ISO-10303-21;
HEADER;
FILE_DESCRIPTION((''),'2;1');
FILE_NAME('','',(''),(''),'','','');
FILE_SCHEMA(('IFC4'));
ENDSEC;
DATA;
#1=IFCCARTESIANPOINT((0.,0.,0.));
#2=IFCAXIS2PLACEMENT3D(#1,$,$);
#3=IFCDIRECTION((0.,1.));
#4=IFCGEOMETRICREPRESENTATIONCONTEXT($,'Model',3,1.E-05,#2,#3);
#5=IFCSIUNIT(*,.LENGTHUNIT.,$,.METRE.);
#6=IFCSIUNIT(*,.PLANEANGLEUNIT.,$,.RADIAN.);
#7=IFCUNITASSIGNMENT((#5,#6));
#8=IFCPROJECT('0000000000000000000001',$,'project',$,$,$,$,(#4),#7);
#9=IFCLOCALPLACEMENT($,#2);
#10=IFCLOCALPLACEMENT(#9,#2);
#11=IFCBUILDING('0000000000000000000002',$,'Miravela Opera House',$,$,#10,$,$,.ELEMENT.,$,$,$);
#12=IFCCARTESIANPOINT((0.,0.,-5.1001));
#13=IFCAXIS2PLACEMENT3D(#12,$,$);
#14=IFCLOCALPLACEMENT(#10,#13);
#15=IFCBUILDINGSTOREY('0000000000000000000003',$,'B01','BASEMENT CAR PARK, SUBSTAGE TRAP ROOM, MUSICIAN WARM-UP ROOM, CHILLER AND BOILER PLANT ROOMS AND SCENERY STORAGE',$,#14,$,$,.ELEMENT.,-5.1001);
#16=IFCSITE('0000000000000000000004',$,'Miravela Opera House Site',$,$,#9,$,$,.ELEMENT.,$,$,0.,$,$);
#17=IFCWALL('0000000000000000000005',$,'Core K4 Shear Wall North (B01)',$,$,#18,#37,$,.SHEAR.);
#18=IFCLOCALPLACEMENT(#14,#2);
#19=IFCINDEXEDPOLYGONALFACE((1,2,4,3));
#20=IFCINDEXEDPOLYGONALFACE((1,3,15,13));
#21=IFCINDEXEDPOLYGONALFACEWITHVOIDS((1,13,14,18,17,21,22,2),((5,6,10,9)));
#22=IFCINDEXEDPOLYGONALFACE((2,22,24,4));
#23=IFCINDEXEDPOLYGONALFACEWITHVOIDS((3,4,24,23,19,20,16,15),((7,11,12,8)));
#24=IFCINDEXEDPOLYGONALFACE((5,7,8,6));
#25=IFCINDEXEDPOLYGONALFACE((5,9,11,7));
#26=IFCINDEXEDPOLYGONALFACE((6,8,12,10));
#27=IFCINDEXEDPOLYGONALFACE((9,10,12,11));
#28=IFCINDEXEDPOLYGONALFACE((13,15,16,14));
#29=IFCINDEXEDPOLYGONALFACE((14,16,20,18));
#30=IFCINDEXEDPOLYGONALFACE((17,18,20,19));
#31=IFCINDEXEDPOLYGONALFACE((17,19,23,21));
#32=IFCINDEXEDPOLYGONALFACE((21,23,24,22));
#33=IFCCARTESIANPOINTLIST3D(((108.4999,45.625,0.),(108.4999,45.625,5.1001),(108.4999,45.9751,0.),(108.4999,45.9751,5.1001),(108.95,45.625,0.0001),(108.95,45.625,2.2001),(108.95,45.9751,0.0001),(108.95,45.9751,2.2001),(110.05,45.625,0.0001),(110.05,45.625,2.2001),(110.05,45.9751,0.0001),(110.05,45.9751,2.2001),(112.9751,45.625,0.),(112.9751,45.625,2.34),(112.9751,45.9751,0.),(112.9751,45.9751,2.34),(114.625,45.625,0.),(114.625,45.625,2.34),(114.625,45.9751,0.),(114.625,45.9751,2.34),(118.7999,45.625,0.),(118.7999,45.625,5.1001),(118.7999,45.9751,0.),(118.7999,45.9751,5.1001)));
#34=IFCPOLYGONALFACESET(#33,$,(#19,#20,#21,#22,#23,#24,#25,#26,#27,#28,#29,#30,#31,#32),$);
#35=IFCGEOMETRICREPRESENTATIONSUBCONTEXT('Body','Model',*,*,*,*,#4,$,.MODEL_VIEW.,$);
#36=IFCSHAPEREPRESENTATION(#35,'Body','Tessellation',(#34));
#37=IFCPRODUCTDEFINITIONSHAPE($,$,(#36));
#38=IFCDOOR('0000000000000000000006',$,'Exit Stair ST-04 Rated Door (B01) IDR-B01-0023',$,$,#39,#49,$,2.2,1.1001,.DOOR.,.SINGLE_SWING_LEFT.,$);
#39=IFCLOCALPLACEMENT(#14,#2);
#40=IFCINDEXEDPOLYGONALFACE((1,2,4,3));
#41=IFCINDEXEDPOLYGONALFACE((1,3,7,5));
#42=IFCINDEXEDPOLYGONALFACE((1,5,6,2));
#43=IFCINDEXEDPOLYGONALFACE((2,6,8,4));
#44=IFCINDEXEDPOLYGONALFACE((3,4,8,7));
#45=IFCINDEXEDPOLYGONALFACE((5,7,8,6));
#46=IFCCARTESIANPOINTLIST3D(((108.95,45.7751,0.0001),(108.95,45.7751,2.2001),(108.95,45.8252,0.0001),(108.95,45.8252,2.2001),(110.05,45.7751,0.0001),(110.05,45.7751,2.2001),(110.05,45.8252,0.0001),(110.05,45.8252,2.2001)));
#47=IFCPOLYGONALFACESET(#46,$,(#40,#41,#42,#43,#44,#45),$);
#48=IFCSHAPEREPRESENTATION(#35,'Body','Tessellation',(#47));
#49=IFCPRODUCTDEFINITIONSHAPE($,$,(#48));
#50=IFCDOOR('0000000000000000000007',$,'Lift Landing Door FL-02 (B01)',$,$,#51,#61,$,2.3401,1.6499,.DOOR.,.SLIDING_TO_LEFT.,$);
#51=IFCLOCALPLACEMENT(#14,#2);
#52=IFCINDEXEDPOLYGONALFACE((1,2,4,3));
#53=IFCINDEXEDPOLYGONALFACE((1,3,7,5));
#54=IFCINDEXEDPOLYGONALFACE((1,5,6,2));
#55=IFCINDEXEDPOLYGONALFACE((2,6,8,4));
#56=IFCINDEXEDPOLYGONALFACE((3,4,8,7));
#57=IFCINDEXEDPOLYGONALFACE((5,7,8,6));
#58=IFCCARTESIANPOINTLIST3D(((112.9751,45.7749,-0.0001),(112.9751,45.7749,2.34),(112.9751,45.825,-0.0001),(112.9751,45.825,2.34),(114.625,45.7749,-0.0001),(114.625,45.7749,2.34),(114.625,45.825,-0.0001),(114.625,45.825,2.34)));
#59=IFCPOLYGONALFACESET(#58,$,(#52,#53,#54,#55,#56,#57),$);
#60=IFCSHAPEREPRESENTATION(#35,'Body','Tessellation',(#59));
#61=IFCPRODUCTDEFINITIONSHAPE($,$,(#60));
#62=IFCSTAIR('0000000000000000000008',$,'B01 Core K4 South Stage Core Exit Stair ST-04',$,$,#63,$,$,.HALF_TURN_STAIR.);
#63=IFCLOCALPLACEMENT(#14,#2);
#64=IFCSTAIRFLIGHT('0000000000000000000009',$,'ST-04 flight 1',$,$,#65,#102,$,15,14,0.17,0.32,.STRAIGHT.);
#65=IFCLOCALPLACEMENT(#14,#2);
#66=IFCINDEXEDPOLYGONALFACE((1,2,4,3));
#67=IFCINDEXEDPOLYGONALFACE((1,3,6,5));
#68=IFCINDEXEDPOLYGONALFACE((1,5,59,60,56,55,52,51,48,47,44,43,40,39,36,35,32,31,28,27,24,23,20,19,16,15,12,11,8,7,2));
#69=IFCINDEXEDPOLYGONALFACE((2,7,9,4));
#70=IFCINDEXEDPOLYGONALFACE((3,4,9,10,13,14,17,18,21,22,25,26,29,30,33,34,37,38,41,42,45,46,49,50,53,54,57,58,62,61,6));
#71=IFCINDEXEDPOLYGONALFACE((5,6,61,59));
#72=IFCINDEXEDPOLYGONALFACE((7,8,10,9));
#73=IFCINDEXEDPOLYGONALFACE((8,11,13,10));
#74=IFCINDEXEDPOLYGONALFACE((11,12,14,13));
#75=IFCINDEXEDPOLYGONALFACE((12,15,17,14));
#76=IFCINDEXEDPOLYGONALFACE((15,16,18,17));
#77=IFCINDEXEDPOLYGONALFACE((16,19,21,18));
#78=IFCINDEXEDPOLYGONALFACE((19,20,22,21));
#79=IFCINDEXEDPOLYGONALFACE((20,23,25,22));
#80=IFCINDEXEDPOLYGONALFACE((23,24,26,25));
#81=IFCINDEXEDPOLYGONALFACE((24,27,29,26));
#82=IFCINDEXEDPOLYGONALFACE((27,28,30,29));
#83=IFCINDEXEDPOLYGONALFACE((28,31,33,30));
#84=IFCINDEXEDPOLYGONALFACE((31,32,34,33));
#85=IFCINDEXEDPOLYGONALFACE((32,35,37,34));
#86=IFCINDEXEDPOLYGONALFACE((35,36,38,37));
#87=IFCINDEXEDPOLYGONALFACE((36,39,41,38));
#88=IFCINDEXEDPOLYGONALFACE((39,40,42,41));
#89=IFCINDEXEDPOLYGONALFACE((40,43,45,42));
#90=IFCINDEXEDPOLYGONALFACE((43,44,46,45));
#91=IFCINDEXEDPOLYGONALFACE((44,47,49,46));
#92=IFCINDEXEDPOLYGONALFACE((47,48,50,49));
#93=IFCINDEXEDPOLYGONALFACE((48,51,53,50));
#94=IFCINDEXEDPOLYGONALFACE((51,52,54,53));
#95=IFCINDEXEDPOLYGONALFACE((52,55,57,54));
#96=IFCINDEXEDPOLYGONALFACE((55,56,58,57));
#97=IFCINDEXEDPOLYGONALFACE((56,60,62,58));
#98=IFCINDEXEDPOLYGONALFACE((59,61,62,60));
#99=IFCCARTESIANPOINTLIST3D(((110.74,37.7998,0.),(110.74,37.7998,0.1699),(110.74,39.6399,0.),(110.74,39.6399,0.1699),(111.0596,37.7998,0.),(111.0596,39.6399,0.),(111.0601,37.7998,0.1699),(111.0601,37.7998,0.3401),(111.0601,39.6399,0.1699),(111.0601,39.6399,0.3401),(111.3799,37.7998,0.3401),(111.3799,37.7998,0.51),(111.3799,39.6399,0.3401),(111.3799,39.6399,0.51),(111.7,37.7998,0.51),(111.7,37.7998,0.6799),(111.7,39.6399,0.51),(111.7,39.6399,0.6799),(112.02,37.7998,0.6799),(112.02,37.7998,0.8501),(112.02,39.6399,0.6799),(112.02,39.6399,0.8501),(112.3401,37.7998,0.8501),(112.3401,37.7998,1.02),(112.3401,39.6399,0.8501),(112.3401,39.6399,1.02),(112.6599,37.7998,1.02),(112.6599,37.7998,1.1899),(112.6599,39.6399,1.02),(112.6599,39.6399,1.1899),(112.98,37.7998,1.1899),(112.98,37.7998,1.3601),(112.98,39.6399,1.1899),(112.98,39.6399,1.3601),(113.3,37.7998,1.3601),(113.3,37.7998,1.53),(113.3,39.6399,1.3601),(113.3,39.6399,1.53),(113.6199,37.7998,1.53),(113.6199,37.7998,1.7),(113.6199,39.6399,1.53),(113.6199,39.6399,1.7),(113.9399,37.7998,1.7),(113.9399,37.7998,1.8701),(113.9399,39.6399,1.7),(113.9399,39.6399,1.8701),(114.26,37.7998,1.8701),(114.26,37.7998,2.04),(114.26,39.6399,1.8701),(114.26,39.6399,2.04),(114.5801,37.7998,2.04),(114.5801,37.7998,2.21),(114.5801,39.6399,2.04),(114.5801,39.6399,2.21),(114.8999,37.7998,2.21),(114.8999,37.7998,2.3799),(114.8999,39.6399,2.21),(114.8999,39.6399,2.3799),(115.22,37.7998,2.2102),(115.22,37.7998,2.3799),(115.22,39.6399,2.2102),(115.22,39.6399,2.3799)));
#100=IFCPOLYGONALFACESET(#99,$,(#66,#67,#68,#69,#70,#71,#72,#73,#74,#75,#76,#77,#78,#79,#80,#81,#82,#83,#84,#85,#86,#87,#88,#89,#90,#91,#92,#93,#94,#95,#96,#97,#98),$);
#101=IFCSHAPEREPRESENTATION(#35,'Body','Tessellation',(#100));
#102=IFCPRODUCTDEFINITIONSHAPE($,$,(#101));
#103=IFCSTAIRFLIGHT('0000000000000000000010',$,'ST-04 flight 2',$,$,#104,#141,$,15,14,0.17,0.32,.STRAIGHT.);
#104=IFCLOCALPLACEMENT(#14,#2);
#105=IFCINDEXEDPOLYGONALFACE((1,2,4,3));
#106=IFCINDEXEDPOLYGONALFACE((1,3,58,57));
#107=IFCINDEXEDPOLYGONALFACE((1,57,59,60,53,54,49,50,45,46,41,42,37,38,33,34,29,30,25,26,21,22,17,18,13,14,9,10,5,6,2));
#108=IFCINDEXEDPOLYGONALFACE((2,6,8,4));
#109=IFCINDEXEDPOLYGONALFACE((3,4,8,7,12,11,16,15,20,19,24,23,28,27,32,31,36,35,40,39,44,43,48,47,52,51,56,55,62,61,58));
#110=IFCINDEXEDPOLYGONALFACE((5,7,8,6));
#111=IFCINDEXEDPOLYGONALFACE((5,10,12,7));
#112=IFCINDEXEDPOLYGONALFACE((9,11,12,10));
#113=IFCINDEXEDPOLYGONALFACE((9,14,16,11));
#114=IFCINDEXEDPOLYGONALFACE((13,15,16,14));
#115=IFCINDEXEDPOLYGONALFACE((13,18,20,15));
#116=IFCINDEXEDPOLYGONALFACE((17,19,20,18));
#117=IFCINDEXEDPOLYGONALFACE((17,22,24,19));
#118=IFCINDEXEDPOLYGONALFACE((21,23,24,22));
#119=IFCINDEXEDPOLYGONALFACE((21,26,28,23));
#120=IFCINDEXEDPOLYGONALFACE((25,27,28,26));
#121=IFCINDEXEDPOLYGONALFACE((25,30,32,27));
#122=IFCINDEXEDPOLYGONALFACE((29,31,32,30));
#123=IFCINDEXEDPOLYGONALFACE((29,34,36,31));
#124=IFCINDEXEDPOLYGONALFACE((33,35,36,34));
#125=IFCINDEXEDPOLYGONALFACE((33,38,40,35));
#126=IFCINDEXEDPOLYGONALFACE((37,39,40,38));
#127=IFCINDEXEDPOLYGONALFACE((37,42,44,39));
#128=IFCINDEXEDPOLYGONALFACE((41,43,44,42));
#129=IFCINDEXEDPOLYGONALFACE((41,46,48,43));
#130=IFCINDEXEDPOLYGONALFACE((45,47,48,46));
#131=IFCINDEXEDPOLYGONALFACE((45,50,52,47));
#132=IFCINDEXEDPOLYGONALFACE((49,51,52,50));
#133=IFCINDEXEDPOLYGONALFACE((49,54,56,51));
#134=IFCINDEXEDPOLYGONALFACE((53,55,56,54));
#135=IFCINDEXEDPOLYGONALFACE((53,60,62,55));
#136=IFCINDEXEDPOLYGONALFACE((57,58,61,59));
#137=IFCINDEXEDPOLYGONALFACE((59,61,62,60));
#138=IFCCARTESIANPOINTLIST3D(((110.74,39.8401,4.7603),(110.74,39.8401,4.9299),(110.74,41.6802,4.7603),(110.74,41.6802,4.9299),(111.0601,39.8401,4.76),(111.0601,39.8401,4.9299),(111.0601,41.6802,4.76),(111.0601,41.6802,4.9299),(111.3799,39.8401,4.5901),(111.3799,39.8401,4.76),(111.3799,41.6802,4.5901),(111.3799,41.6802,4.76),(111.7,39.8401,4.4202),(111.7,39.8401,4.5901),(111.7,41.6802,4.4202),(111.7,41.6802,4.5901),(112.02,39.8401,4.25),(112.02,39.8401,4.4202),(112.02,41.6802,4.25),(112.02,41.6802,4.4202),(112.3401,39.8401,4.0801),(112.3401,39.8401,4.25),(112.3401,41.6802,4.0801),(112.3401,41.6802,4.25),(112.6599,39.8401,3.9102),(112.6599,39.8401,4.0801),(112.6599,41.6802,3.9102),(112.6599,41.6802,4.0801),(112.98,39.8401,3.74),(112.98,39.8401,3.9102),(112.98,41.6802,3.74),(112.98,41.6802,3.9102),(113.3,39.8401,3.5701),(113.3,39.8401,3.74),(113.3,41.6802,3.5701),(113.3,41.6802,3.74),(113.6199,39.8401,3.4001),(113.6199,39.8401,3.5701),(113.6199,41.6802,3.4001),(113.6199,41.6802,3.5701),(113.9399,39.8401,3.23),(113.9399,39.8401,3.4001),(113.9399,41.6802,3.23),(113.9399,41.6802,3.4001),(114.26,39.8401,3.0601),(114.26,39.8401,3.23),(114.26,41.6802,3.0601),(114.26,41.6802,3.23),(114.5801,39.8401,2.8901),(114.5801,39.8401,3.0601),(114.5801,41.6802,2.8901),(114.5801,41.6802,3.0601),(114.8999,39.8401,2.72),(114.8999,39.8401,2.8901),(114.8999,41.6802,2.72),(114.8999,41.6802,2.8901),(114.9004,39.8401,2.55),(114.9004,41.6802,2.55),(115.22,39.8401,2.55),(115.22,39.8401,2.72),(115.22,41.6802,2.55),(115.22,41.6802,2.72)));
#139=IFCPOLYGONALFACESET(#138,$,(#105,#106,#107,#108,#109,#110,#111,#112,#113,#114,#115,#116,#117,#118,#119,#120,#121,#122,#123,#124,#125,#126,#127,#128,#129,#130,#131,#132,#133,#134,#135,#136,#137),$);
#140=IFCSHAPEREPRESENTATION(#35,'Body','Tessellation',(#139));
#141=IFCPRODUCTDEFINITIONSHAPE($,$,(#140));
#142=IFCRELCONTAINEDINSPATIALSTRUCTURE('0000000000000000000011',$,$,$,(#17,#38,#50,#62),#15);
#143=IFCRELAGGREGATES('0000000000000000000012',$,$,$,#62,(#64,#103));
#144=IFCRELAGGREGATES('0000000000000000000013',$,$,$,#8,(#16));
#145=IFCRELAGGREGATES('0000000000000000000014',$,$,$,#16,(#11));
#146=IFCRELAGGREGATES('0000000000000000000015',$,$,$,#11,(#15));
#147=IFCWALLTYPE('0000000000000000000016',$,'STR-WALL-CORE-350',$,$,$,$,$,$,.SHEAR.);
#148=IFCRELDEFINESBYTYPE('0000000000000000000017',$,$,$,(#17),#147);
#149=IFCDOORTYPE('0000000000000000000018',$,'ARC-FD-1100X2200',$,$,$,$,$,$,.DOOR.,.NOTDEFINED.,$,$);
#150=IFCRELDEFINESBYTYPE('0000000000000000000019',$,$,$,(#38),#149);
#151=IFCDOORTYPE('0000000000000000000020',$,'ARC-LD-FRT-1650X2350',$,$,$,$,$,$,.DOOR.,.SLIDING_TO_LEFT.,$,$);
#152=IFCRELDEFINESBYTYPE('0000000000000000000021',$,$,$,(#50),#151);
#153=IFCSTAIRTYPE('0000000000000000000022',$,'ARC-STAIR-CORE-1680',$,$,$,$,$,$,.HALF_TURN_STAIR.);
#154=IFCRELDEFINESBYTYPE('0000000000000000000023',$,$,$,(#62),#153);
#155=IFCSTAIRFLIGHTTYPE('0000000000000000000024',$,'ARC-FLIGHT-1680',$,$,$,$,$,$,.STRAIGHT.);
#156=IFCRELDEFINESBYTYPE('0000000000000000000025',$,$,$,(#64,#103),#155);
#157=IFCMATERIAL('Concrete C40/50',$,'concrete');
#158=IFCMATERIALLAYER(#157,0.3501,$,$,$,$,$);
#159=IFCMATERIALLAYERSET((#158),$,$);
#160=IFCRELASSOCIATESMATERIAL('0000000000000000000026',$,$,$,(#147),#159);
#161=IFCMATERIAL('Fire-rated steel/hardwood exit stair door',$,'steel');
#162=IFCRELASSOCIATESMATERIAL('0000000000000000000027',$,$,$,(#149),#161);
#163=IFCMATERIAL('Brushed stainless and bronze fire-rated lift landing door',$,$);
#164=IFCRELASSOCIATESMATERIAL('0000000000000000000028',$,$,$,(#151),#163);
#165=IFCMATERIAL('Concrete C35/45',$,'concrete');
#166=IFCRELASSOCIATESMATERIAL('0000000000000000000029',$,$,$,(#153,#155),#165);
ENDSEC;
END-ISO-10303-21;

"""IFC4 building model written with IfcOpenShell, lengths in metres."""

from ifc_helpers import new_model, si_unit, direction, frame, frame_2d, origin, place, context, subcontext, project, spatial, polyline, rectangle, outline, extrude, material, layer, layer_set, type_object, element, fill, aggregate, save


model = new_model("IFC4")

# Units and contexts
model_context = context("Model", 3, precision=1e-05, world=origin(), true_north=direction((0.0, 1.0)))
body_context = subcontext(model_context, "Body", "Model", "MODEL_VIEW")
ifc_project = project(units=[si_unit("LENGTHUNIT", "METRE"), si_unit("PLANEANGLEUNIT", "RADIAN")], contexts=[model_context])

# Site, building, storey
site_placement = place(None, origin())
site = spatial("IfcSite", under=ifc_project, at=site_placement, Name="Miravela Opera House Site", CompositionType="ELEMENT", RefElevation=0.0)
building_placement = place(site_placement, origin())
building = spatial("IfcBuilding", under=site, at=building_placement, Name="Miravela Opera House", CompositionType="ELEMENT")
storey_placement = place(building_placement, frame((0.0, 0.0, -5.1001)))
storey = spatial("IfcBuildingStorey", under=building, at=storey_placement, Name="B01", Description="BASEMENT CAR PARK, SUBSTAGE TRAP ROOM, MUSICIAN WARM-UP ROOM, CHILLER AND BOILER PLANT ROOMS AND SCENERY STORAGE", CompositionType="ELEMENT", Elevation=-5.1001)

# Shared definitions
ifc_material_1 = material(Name="Concrete C35/45", Category="concrete")

# Shared definitions
ifc_material_2 = material(Name="Concrete C40/50", Category="concrete")

# Wall, openings, doors
ifc_layer_1 = layer(ifc_material_2, 0.3501)
ifc_layer_set_1 = layer_set([ifc_layer_1])
wall_type_1 = type_object("IfcWallType", Name="STR-WALL-CORE-350", PredefinedType="SHEAR", material=ifc_layer_set_1)
wall_1_placement = place(storey_placement, frame((108.5, 45.8, 0.0), z_axis=(0.0, 0.0, 1.0), x_axis=(1.0, 0.0, 0.0)))
wall_1 = element("IfcWall", 1, at=wall_1_placement, inside=storey, type_object=wall_type_1, Name="Core K4 Shear Wall North (B01)", PredefinedType="SHEAR", context=body_context, shape_type="SweptSolid", body=[
    extrude(rectangle(XDim=10.3, YDim=0.3501, at=frame_2d((5.1499, 0.0))), origin(), (0.0, 0.0, 1.0), 5.1001),
])
opening_1_placement = place(wall_1_placement, frame((0.45, 0.0, 0.0)))
opening_1 = element("IfcOpeningElement", 2, at=opening_1_placement, cuts=wall_1, PredefinedType="OPENING", context=body_context, shape_type="SweptSolid", body=[
    extrude(rectangle(XDim=1.1001, YDim=2.2, at=frame_2d((0.55, 1.1001))), frame((0.0, 0.1851, 0.0), z_axis=(0.0, -1.0, 0.0), x_axis=(1.0, 0.0, 0.0)), (0.0, 0.0, 1.0), 0.3701),
])
opening_2_placement = place(wall_1_placement, frame((4.4751, 0.0, 0.0)))
opening_2 = element("IfcOpeningElement", 3, at=opening_2_placement, cuts=wall_1, PredefinedType="OPENING", context=body_context, shape_type="SweptSolid", body=[
    extrude(rectangle(XDim=1.6499, YDim=2.3401, at=frame_2d((0.825, 1.1699))), frame((0.0, 0.1851, 0.0), z_axis=(0.0, -1.0, 0.0), x_axis=(1.0, 0.0, 0.0)), (0.0, 0.0, 1.0), 0.3701),
])
ifc_material_3 = material(Name="Fire-rated steel/hardwood exit stair door", Category="steel")
door_type_1 = type_object("IfcDoorType", Name="ARC-FD-1100X2200", OperationType="NOTDEFINED", PredefinedType="DOOR", material=ifc_material_3)
door_1_placement = place(opening_1_placement, frame((1.1001, 0.0, 0.0), z_axis=(0.0, 0.0, 1.0), x_axis=(-1.0, 0.0, 0.0)))
door_1 = element("IfcDoor", 4, at=door_1_placement, inside=storey, type_object=door_type_1, Name="Exit Stair ST-04 Rated Door (B01) IDR-B01-0023", OperationType="SINGLE_SWING_LEFT", OverallHeight=2.2, OverallWidth=1.1001, PredefinedType="DOOR", context=body_context, shape_type="SweptSolid", body=[
    extrude(rectangle(XDim=1.1001, YDim=2.2, at=frame_2d((0.55, 1.1001))), frame((0.0, 0.0249, 0.0), z_axis=(0.0, -1.0, 0.0), x_axis=(1.0, 0.0, 0.0)), (0.0, 0.0, 1.0), 0.05),
])
fill(opening_1, door_1)
ifc_material_4 = material(Name="Brushed stainless and bronze fire-rated lift landing door")
door_type_2 = type_object("IfcDoorType", Name="ARC-LD-FRT-1650X2350", OperationType="SLIDING_TO_LEFT", PredefinedType="DOOR", material=ifc_material_4)
door_2_placement = place(opening_2_placement, origin())
door_2 = element("IfcDoor", 5, at=door_2_placement, inside=storey, type_object=door_type_2, Name="Lift Landing Door FL-02 (B01)", OperationType="SLIDING_TO_LEFT", OverallHeight=2.3401, OverallWidth=1.6499, PredefinedType="DOOR", context=body_context, shape_type="SweptSolid", body=[
    extrude(rectangle(XDim=1.6499, YDim=2.3401, at=frame_2d((0.825, 1.1699))), frame((0.0, 0.0249, 0.0), z_axis=(0.0, -1.0, 0.0), x_axis=(1.0, 0.0, 0.0)), (0.0, 0.0, 1.0), 0.05),
])
fill(opening_2, door_2)

# Stair, stair flights
stair_type = type_object("IfcStairType", Name="ARC-STAIR-CORE-1680", PredefinedType="HALF_TURN_STAIR", material=ifc_material_1)
stair_placement = place(storey_placement, origin())
stair = element("IfcStair", 6, at=stair_placement, inside=storey, type_object=stair_type, Name="B01 Core K4 South Stage Core Exit Stair ST-04", PredefinedType="HALF_TURN_STAIR")
stair_flight_type = type_object("IfcStairFlightType", Name="ARC-FLIGHT-1680", PredefinedType="STRAIGHT", material=ifc_material_1)
stair_flight_1_placement = place(storey_placement, frame((110.74, 38.72, 0.0), z_axis=(0.0, 0.0, 1.0), x_axis=(1.0, 0.0, 0.0)))
stair_flight_1 = element("IfcStairFlight", 7, at=stair_flight_1_placement, type_object=stair_flight_type, Name="ST-04 flight 1", NumberOfRisers=15, NumberOfTreads=14, PredefinedType="STRAIGHT", RiserHeight=0.17, TreadLength=0.32, context=body_context, shape_type="SweptSolid", body=[
    extrude(outline(polyline([(0.0, 0.0), (0.0, 0.1699), (0.3201, 0.1699), (0.3201, 0.3401), (0.6399, 0.3401), (0.6399, 0.51), (0.96, 0.51), (0.96, 0.6799), (1.28, 0.6799), (1.28, 0.8501), (1.6001, 0.8501), (1.6001, 1.02), (1.9199, 1.02), (1.9199, 1.1899), (2.24, 1.1899), (2.24, 1.3601), (2.5601, 1.3601), (2.5601, 1.53), (2.8799, 1.53), (2.8799, 1.7), (3.2, 1.7), (3.2, 1.8701), (3.52, 1.8701), (3.52, 2.04), (3.8401, 2.04), (3.8401, 2.21), (4.1599, 2.21), (4.1599, 2.3799), (4.48, 2.3799), (4.48, 2.55), (4.48, 2.2102), (0.3196, 0.0), (0.0, 0.0)])), frame((0.0, 0.9199, 0.0), z_axis=(0.0, -1.0, 0.0), x_axis=(1.0, 0.0, 0.0)), (0.0, 0.0, 1.0), 1.8401),
])
stair_flight_2_placement = place(storey_placement, frame((115.22, 40.76, 2.55), z_axis=(0.0, 0.0, 1.0), x_axis=(-1.0, 0.0, 0.0)))
stair_flight_2 = element("IfcStairFlight", 8, at=stair_flight_2_placement, type_object=stair_flight_type, Name="ST-04 flight 2", NumberOfRisers=15, NumberOfTreads=14, PredefinedType="STRAIGHT", RiserHeight=0.17, TreadLength=0.32, context=body_context, shape_type="SweptSolid", body=[
    extrude(outline(polyline([(0.0, 0.0), (0.0, 0.1699), (0.3201, 0.1699), (0.3201, 0.3401), (0.6399, 0.3401), (0.6399, 0.51), (0.96, 0.51), (0.96, 0.6799), (1.28, 0.6799), (1.28, 0.8501), (1.6001, 0.8501), (1.6001, 1.02), (1.9199, 1.02), (1.9199, 1.1899), (2.24, 1.1899), (2.24, 1.3601), (2.5601, 1.3601), (2.5601, 1.53), (2.8799, 1.53), (2.8799, 1.7), (3.2, 1.7), (3.2, 1.8701), (3.52, 1.8701), (3.52, 2.04), (3.8401, 2.04), (3.8401, 2.21), (4.1599, 2.21), (4.1599, 2.3799), (4.48, 2.3799), (4.48, 2.55), (4.48, 2.2102), (0.3196, 0.0), (0.0, 0.0)])), frame((0.0, 0.9199, 0.0), z_axis=(0.0, -1.0, 0.0), x_axis=(1.0, 0.0, 0.0)), (0.0, 0.0, 1.0), 1.8401),
])
aggregate(stair, [stair_flight_1, stair_flight_2])

save(model, "model.ifc")
